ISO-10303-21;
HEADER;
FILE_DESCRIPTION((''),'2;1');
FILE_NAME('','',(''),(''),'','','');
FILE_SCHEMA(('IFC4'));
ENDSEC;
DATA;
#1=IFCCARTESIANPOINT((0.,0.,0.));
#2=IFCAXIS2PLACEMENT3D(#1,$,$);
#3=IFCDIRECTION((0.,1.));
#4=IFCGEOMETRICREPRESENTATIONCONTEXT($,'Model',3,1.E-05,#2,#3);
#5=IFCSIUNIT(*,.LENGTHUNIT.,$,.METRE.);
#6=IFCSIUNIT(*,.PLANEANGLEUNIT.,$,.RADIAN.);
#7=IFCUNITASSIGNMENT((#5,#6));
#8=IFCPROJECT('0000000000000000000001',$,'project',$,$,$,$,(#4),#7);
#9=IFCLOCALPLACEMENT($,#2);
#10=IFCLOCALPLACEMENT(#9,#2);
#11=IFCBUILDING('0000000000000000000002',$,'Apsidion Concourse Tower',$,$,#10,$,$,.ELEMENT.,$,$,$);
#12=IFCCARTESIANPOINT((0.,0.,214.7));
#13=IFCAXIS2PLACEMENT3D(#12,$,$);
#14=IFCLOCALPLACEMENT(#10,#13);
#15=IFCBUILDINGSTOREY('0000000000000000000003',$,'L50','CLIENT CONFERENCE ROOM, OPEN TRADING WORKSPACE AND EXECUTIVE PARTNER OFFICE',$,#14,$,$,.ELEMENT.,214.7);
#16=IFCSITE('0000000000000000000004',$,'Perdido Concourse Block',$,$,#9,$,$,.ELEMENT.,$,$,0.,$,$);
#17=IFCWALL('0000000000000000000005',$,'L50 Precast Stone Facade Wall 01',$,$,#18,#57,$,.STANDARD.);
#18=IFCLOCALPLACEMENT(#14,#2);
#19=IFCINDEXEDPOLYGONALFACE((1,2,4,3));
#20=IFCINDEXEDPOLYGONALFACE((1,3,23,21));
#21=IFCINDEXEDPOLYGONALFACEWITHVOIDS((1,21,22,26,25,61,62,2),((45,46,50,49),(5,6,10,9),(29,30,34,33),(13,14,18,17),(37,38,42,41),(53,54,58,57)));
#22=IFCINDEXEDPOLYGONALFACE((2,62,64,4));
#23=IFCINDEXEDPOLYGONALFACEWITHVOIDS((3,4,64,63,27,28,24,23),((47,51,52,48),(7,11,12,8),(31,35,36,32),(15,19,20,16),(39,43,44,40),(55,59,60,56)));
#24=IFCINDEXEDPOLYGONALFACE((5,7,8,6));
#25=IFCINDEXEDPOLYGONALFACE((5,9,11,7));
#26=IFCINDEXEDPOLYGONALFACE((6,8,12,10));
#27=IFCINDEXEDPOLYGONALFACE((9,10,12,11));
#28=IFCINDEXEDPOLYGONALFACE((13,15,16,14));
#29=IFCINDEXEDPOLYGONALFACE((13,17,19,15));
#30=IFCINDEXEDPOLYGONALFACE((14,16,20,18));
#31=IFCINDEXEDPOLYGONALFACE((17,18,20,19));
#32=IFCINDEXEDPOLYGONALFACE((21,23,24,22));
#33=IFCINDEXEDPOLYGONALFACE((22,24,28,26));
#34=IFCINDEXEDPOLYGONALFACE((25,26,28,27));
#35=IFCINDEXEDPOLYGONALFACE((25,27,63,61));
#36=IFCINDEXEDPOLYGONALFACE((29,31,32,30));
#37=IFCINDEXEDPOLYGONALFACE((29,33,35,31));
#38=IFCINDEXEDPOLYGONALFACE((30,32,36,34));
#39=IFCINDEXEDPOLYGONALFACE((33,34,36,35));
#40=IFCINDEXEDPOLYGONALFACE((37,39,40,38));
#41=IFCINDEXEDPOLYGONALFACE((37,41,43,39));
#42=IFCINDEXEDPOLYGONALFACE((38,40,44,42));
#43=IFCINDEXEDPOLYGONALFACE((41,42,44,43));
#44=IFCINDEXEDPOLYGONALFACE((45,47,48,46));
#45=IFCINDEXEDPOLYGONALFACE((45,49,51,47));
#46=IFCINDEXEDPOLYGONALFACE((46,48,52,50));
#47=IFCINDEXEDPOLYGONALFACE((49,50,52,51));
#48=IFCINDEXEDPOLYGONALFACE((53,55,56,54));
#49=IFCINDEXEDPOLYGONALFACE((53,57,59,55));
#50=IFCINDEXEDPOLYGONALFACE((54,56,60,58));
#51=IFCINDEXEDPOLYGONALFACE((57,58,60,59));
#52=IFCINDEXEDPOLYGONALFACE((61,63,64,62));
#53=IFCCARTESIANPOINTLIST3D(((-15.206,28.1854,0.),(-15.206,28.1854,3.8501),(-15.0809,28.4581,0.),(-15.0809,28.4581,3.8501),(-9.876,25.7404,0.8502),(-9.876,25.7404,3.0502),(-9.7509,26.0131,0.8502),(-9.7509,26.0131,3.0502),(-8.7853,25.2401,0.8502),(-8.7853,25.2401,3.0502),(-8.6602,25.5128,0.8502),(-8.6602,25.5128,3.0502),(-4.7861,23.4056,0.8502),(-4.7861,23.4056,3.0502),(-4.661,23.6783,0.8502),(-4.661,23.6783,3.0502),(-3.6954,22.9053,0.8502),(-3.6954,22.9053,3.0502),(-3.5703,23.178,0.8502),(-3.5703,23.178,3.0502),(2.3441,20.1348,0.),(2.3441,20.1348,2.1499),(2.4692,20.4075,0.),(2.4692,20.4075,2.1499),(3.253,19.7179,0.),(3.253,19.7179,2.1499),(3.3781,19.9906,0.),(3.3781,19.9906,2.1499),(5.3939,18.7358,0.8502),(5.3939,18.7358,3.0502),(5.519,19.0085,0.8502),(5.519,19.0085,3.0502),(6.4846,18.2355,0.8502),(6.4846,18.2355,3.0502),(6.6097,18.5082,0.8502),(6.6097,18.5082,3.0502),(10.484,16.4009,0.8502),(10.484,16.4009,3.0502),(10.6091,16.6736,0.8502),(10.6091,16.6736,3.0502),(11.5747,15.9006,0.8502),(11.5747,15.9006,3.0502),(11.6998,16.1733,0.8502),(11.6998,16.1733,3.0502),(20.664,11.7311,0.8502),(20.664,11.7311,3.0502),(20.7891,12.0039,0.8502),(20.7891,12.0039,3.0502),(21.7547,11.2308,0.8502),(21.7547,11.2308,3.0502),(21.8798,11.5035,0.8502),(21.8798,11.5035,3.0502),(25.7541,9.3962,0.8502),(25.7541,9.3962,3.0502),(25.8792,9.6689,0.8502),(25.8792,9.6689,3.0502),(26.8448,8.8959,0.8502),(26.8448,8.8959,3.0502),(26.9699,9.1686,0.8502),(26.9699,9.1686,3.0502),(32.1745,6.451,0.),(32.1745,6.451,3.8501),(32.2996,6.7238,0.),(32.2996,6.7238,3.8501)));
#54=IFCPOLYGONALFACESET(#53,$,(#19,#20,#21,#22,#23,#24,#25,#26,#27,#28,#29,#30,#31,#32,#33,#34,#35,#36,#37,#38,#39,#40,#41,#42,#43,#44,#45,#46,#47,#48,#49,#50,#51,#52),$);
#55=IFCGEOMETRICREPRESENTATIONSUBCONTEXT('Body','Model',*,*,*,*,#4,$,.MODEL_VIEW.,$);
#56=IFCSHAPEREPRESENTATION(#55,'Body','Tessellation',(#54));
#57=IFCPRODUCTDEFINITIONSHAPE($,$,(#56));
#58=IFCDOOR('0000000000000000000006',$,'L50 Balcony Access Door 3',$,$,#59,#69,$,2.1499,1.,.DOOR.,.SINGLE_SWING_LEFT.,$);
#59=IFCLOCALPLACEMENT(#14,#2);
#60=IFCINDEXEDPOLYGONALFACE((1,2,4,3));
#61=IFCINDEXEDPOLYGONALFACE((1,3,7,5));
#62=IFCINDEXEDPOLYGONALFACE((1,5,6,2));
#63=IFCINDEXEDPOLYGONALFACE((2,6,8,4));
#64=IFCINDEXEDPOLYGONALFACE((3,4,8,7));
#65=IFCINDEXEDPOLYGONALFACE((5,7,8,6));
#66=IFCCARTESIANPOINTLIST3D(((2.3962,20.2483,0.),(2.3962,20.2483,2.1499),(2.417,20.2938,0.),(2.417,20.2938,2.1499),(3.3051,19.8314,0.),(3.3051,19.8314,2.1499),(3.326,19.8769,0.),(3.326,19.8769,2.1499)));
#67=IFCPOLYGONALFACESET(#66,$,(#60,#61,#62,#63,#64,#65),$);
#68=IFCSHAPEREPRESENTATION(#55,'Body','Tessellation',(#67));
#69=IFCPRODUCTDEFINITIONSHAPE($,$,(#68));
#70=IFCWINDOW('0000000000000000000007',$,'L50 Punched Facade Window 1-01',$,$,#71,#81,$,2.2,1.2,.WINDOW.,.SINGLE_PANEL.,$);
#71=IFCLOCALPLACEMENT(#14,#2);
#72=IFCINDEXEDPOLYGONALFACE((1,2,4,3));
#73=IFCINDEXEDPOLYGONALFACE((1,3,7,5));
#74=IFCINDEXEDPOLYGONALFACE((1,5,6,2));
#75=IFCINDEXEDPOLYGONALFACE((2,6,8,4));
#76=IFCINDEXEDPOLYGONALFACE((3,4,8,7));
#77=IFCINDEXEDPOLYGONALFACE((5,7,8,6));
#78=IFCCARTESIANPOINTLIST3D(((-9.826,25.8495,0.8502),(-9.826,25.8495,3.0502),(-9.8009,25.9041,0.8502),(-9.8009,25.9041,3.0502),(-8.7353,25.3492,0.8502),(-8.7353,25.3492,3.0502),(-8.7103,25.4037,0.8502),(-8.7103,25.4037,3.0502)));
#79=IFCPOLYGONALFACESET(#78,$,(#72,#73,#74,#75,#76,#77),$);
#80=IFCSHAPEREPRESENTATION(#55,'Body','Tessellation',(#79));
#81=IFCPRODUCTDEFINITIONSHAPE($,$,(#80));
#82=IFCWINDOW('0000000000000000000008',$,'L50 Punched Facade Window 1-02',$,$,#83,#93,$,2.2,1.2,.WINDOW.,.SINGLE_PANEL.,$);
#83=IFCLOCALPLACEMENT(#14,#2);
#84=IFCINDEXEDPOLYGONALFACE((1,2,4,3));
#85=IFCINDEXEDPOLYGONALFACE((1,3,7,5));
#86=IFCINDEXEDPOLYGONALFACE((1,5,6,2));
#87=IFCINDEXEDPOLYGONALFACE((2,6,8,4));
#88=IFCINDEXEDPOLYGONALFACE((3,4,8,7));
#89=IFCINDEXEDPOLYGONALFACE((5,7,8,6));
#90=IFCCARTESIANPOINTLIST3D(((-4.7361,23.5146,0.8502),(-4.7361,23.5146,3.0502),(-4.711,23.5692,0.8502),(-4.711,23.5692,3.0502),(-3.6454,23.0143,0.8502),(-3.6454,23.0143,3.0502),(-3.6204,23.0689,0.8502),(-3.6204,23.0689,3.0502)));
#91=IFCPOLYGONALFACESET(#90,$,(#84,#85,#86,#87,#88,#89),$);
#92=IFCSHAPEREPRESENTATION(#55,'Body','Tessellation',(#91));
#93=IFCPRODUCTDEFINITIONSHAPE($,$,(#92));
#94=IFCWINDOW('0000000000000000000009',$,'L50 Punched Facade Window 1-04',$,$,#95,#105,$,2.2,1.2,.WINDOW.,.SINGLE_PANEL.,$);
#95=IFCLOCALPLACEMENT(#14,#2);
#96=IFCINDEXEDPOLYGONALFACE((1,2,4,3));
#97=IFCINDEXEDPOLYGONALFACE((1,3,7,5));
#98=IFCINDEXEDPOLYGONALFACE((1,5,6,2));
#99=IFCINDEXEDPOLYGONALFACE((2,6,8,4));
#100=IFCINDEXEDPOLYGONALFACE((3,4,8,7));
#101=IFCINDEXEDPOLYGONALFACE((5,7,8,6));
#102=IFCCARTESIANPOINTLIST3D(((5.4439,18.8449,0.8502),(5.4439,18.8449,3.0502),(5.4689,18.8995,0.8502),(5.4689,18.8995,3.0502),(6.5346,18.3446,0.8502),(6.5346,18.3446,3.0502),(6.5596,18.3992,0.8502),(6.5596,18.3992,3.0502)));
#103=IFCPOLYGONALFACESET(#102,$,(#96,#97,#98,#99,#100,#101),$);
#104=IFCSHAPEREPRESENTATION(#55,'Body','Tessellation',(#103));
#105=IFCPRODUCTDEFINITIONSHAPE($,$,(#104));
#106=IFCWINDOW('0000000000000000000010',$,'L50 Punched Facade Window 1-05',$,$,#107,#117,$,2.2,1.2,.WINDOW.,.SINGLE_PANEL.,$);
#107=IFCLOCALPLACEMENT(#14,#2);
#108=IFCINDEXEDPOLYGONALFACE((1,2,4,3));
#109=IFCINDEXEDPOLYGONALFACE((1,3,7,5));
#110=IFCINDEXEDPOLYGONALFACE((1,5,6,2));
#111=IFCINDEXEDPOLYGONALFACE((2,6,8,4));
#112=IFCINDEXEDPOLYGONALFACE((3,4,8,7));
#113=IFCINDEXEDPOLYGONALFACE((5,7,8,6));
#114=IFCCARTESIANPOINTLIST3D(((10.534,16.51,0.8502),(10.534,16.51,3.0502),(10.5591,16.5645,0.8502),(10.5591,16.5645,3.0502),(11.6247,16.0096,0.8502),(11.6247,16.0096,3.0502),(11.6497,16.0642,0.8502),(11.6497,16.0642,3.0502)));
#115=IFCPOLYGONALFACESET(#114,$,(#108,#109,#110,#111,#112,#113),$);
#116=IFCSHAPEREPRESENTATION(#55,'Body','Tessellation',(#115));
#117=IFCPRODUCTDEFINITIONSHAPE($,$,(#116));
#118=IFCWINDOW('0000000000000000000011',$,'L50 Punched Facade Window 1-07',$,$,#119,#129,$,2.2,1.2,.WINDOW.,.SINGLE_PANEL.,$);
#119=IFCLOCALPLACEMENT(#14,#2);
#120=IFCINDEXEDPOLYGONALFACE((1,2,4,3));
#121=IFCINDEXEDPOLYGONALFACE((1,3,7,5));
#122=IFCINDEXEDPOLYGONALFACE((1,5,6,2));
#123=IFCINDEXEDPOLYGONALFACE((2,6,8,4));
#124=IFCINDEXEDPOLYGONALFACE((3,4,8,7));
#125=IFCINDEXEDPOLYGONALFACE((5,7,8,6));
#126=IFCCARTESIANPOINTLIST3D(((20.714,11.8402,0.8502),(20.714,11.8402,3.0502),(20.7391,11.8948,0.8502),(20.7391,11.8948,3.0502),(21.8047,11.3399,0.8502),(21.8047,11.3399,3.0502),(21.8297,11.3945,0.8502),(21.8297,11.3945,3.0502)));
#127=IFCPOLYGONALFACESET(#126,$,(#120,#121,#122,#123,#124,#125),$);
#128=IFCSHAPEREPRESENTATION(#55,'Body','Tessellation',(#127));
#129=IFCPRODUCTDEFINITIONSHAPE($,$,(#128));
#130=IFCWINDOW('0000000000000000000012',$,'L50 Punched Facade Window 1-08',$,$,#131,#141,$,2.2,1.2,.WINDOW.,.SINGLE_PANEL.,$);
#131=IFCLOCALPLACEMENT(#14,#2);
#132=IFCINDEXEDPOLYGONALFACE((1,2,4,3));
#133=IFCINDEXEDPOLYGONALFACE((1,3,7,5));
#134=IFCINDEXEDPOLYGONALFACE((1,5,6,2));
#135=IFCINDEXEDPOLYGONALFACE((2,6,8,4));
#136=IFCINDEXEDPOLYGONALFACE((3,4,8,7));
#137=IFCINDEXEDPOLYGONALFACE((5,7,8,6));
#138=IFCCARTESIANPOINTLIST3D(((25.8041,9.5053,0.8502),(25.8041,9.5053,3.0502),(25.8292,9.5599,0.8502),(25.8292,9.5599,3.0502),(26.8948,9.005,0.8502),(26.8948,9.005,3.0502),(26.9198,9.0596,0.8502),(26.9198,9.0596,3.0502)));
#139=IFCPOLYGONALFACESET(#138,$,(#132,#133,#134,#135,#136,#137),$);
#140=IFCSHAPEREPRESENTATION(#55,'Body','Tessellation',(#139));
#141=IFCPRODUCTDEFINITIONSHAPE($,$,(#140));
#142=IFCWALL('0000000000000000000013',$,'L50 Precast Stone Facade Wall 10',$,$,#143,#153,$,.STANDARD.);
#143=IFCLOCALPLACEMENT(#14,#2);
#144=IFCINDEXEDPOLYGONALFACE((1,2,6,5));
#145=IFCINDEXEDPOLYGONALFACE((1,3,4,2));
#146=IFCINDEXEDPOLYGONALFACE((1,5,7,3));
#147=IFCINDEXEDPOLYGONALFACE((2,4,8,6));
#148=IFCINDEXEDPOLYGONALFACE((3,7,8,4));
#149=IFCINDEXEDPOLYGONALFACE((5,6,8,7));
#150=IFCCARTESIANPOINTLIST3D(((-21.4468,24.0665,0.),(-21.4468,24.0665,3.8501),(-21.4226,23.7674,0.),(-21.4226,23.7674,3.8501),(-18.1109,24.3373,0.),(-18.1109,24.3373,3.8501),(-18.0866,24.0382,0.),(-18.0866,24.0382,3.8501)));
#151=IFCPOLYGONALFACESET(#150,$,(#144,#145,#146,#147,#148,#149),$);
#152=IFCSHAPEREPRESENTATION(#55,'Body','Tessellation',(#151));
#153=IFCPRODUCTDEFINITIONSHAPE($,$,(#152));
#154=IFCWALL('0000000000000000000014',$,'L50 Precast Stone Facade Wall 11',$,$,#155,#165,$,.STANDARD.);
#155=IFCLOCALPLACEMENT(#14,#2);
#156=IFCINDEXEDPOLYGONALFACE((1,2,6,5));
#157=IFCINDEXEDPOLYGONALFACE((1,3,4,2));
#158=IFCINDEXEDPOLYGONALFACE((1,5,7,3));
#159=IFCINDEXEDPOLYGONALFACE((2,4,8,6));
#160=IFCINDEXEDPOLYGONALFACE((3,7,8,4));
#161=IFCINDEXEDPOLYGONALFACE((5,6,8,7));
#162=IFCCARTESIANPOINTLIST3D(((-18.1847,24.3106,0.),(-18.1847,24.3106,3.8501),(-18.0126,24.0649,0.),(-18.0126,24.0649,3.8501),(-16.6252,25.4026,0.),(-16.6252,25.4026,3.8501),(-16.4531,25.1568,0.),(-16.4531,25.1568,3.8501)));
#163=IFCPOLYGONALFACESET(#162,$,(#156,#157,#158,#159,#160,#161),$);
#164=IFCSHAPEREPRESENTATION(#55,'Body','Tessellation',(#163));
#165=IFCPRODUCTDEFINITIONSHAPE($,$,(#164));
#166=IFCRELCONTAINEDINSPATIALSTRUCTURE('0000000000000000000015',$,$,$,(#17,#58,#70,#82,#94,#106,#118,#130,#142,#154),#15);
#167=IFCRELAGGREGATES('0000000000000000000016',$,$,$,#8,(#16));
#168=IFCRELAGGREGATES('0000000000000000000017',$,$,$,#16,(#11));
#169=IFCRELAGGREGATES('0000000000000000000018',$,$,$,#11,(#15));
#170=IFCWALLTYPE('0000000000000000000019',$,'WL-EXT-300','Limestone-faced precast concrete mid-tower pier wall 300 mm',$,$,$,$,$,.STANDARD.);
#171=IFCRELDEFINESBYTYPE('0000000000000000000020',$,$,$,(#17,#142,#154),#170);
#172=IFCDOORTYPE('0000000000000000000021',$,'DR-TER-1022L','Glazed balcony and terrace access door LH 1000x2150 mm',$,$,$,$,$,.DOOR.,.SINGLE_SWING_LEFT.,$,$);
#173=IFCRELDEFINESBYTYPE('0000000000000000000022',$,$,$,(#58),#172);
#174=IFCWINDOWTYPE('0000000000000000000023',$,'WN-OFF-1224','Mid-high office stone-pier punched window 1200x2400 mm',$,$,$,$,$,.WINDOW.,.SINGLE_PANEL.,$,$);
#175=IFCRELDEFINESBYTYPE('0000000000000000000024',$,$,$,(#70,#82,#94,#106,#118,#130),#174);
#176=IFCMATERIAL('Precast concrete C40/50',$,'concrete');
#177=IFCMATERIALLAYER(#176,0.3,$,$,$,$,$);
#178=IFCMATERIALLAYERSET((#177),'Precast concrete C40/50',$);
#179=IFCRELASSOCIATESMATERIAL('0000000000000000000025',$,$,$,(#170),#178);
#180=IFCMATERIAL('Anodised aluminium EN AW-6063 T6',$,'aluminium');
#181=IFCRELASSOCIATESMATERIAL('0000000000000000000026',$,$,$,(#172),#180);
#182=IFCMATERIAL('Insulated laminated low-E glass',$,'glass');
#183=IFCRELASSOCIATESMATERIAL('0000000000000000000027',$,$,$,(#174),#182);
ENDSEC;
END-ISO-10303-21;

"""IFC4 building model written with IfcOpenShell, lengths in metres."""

from ifc_helpers import new_model, si_unit, direction, frame, frame_2d, origin, place, context, subcontext, project, spatial, rectangle, extrude, material, layer, layer_set, type_object, element, fill, save


model = new_model("IFC4")

# Units and contexts
model_context = context("Model", 3, precision=1e-05, world=origin(), true_north=direction((0.0, 1.0)))
body_context = subcontext(model_context, "Body", "Model", "MODEL_VIEW")
ifc_project = project(units=[si_unit("LENGTHUNIT", "METRE"), si_unit("PLANEANGLEUNIT", "RADIAN")], contexts=[model_context])

# Site, building, storey
site_placement = place(None, origin())
site = spatial("IfcSite", under=ifc_project, at=site_placement, Name="Perdido Concourse Block", CompositionType="ELEMENT", RefElevation=0.0)
building_placement = place(site_placement, origin())
building = spatial("IfcBuilding", under=site, at=building_placement, Name="Apsidion Concourse Tower", CompositionType="ELEMENT")
storey_placement = place(building_placement, frame((0.0, 0.0, 214.7)))
storey = spatial("IfcBuildingStorey", under=building, at=storey_placement, Name="L50", Description="CLIENT CONFERENCE ROOM, OPEN TRADING WORKSPACE AND EXECUTIVE PARTNER OFFICE", CompositionType="ELEMENT", Elevation=214.7)

# Wall, openings, door, windows
ifc_material_1 = material(Name="Precast concrete C40/50", Category="concrete")
ifc_layer = layer(ifc_material_1, 0.3)
ifc_layer_set = layer_set([ifc_layer], Name="Precast concrete C40/50")
wall_type = type_object("IfcWallType", Name="WL-EXT-300", Description="Limestone-faced precast concrete mid-tower pier wall 300 mm", PredefinedType="STANDARD", material=ifc_layer_set)
wall_1_placement = place(storey_placement, frame((-15.1436, 28.3218, 0.0), z_axis=(0.0, 0.0, 1.0), x_axis=(0.908932, -0.416944, 0.0)))
wall_1 = element("IfcWall", 1, at=wall_1_placement, inside=storey, type_object=wall_type, Name="L50 Precast Stone Facade Wall 01", PredefinedType="STANDARD", context=body_context, shape_type="SweptSolid", body=[
    extrude(rectangle(XDim=52.1277, YDim=0.3, at=frame_2d((26.064, 0.0))), origin(), (0.0, 0.0, 1.0), 3.8501),
])
opening_1_placement = place(wall_1_placement, frame((19.3086, 0.0, 0.0)))
opening_1 = element("IfcOpeningElement", 2, at=opening_1_placement, cuts=wall_1, PredefinedType="OPENING", context=body_context, shape_type="SweptSolid", body=[
    extrude(rectangle(XDim=1.0, YDim=2.1499, at=frame_2d((0.5, 1.075))), frame((0.0, 0.1602, 0.0), z_axis=(0.0, -1.0, 0.0), x_axis=(1.0, 0.0, 0.0)), (0.0, 0.0, 1.0), 0.3201),
])
opening_2_placement = place(wall_1_placement, frame((5.864, 0.0, 0.8501)))
opening_2 = element("IfcOpeningElement", 3, at=opening_2_placement, cuts=wall_1, PredefinedType="OPENING", context=body_context, shape_type="SweptSolid", body=[
    extrude(rectangle(XDim=1.2, YDim=2.2, at=frame_2d((0.6001, 1.1001))), frame((0.0, 0.1602, 0.0), z_axis=(0.0, -1.0, 0.0), x_axis=(1.0, 0.0, 0.0)), (0.0, 0.0, 1.0), 0.3201),
])
opening_3_placement = place(wall_1_placement, frame((11.4639, 0.0, 0.8501)))
opening_3 = element("IfcOpeningElement", 4, at=opening_3_placement, cuts=wall_1, PredefinedType="OPENING", context=body_context, shape_type="SweptSolid", body=[
    extrude(rectangle(XDim=1.2, YDim=2.2, at=frame_2d((0.6001, 1.1001))), frame((0.0, 0.1602, 0.0), z_axis=(0.0, -1.0, 0.0), x_axis=(1.0, 0.0, 0.0)), (0.0, 0.0, 1.0), 0.3201),
])
opening_4_placement = place(wall_1_placement, frame((22.6638, 0.0, 0.8501)))
opening_4 = element("IfcOpeningElement", 5, at=opening_4_placement, cuts=wall_1, PredefinedType="OPENING", context=body_context, shape_type="SweptSolid", body=[
    extrude(rectangle(XDim=1.2, YDim=2.2, at=frame_2d((0.6001, 1.1001))), frame((0.0, 0.1602, 0.0), z_axis=(0.0, -1.0, 0.0), x_axis=(1.0, 0.0, 0.0)), (0.0, 0.0, 1.0), 0.3201),
])
opening_5_placement = place(wall_1_placement, frame((28.2639, 0.0, 0.8501)))
opening_5 = element("IfcOpeningElement", 6, at=opening_5_placement, cuts=wall_1, PredefinedType="OPENING", context=body_context, shape_type="SweptSolid", body=[
    extrude(rectangle(XDim=1.2, YDim=2.2, at=frame_2d((0.6001, 1.1001))), frame((0.0, 0.1602, 0.0), z_axis=(0.0, -1.0, 0.0), x_axis=(1.0, 0.0, 0.0)), (0.0, 0.0, 1.0), 0.3201),
])
opening_6_placement = place(wall_1_placement, frame((39.4639, 0.0, 0.8501)))
opening_6 = element("IfcOpeningElement", 7, at=opening_6_placement, cuts=wall_1, PredefinedType="OPENING", context=body_context, shape_type="SweptSolid", body=[
    extrude(rectangle(XDim=1.2, YDim=2.2, at=frame_2d((0.6001, 1.1001))), frame((0.0, 0.1602, 0.0), z_axis=(0.0, -1.0, 0.0), x_axis=(1.0, 0.0, 0.0)), (0.0, 0.0, 1.0), 0.3201),
])
opening_7_placement = place(wall_1_placement, frame((45.064, 0.0, 0.8501)))
opening_7 = element("IfcOpeningElement", 8, at=opening_7_placement, cuts=wall_1, PredefinedType="OPENING", context=body_context, shape_type="SweptSolid", body=[
    extrude(rectangle(XDim=1.2, YDim=2.2, at=frame_2d((0.6001, 1.1001))), frame((0.0, 0.1602, 0.0), z_axis=(0.0, -1.0, 0.0), x_axis=(1.0, 0.0, 0.0)), (0.0, 0.0, 1.0), 0.3201),
])
ifc_material_2 = material(Name="Anodised aluminium EN AW-6063 T6", Category="aluminium")
door_type = type_object("IfcDoorType", Name="DR-TER-1022L", Description="Glazed balcony and terrace access door LH 1000x2150 mm", OperationType="SINGLE_SWING_LEFT", PredefinedType="DOOR", material=ifc_material_2)
door_placement = place(opening_1_placement, origin())
door = element("IfcDoor", 9, at=door_placement, inside=storey, type_object=door_type, Name="L50 Balcony Access Door 3", OperationType="SINGLE_SWING_LEFT", OverallHeight=2.1499, OverallWidth=1.0, PredefinedType="DOOR", context=body_context, shape_type="SweptSolid", body=[
    extrude(rectangle(XDim=1.0, YDim=2.1499, at=frame_2d((0.5, 1.075))), frame((0.0, 0.0249, 0.0), z_axis=(0.0, -1.0, 0.0), x_axis=(1.0, 0.0, 0.0)), (0.0, 0.0, 1.0), 0.05),
])
fill(opening_1, door)
ifc_material_3 = material(Name="Insulated laminated low-E glass", Category="glass")
window_type = type_object("IfcWindowType", Name="WN-OFF-1224", Description="Mid-high office stone-pier punched window 1200x2400 mm", PartitioningType="SINGLE_PANEL", PredefinedType="WINDOW", material=ifc_material_3)
window_1_placement = place(opening_2_placement, origin())
window_1 = element("IfcWindow", 10, at=window_1_placement, inside=storey, type_object=window_type, Name="L50 Punched Facade Window 1-01", OverallHeight=2.2, OverallWidth=1.2, PartitioningType="SINGLE_PANEL", PredefinedType="WINDOW", context=body_context, shape_type="SweptSolid", body=[
    extrude(rectangle(XDim=1.2, YDim=2.2, at=frame_2d((0.6001, 1.1001))), frame((0.0, 0.03, 0.0), z_axis=(0.0, -1.0, 0.0), x_axis=(1.0, 0.0, 0.0)), (0.0, 0.0, 1.0), 0.0601),
])
fill(opening_2, window_1)
window_2_placement = place(opening_3_placement, origin())
window_2 = element("IfcWindow", 11, at=window_2_placement, inside=storey, type_object=window_type, Name="L50 Punched Facade Window 1-02", OverallHeight=2.2, OverallWidth=1.2, PartitioningType="SINGLE_PANEL", PredefinedType="WINDOW", context=body_context, shape_type="SweptSolid", body=[
    extrude(rectangle(XDim=1.2, YDim=2.2, at=frame_2d((0.6001, 1.1001))), frame((0.0, 0.03, 0.0), z_axis=(0.0, -1.0, 0.0), x_axis=(1.0, 0.0, 0.0)), (0.0, 0.0, 1.0), 0.0601),
])
fill(opening_3, window_2)
window_3_placement = place(opening_4_placement, origin())
window_3 = element("IfcWindow", 12, at=window_3_placement, inside=storey, type_object=window_type, Name="L50 Punched Facade Window 1-04", OverallHeight=2.2, OverallWidth=1.2, PartitioningType="SINGLE_PANEL", PredefinedType="WINDOW", context=body_context, shape_type="SweptSolid", body=[
    extrude(rectangle(XDim=1.2, YDim=2.2, at=frame_2d((0.6001, 1.1001))), frame((0.0, 0.03, 0.0), z_axis=(0.0, -1.0, 0.0), x_axis=(1.0, 0.0, 0.0)), (0.0, 0.0, 1.0), 0.0601),
])
fill(opening_4, window_3)
window_4_placement = place(opening_5_placement, origin())
window_4 = element("IfcWindow", 13, at=window_4_placement, inside=storey, type_object=window_type, Name="L50 Punched Facade Window 1-05", OverallHeight=2.2, OverallWidth=1.2, PartitioningType="SINGLE_PANEL", PredefinedType="WINDOW", context=body_context, shape_type="SweptSolid", body=[
    extrude(rectangle(XDim=1.2, YDim=2.2, at=frame_2d((0.6001, 1.1001))), frame((0.0, 0.03, 0.0), z_axis=(0.0, -1.0, 0.0), x_axis=(1.0, 0.0, 0.0)), (0.0, 0.0, 1.0), 0.0601),
])
fill(opening_5, window_4)
window_5_placement = place(opening_6_placement, origin())
window_5 = element("IfcWindow", 14, at=window_5_placement, inside=storey, type_object=window_type, Name="L50 Punched Facade Window 1-07", OverallHeight=2.2, OverallWidth=1.2, PartitioningType="SINGLE_PANEL", PredefinedType="WINDOW", context=body_context, shape_type="SweptSolid", body=[
    extrude(rectangle(XDim=1.2, YDim=2.2, at=frame_2d((0.6001, 1.1001))), frame((0.0, 0.03, 0.0), z_axis=(0.0, -1.0, 0.0), x_axis=(1.0, 0.0, 0.0)), (0.0, 0.0, 1.0), 0.0601),
])
fill(opening_6, window_5)
window_6_placement = place(opening_7_placement, origin())
window_6 = element("IfcWindow", 15, at=window_6_placement, inside=storey, type_object=window_type, Name="L50 Punched Facade Window 1-08", OverallHeight=2.2, OverallWidth=1.2, PartitioningType="SINGLE_PANEL", PredefinedType="WINDOW", context=body_context, shape_type="SweptSolid", body=[
    extrude(rectangle(XDim=1.2, YDim=2.2, at=frame_2d((0.6001, 1.1001))), frame((0.0, 0.03, 0.0), z_axis=(0.0, -1.0, 0.0), x_axis=(1.0, 0.0, 0.0)), (0.0, 0.0, 1.0), 0.0601),
])
fill(opening_7, window_6)

# Walls
wall_2_placement = place(storey_placement, frame((-21.4346, 23.917, 0.0), z_axis=(0.0, 0.0, 1.0), x_axis=(0.996723, 0.080896, 0.0)))
element("IfcWall", 16, at=wall_2_placement, inside=storey, type_object=wall_type, Name="L50 Precast Stone Facade Wall 10", PredefinedType="STANDARD", context=body_context, shape_type="SweptSolid", body=[
    extrude(rectangle(XDim=3.3469, YDim=0.3, at=frame_2d((1.6733, 0.0))), origin(), (0.0, 0.0, 1.0), 3.8501),
])
wall_3_placement = place(storey_placement, frame((-18.0986, 24.1877, 0.0), z_axis=(0.0, 0.0, 1.0), x_axis=(0.819148, 0.573583, 0.0)))
element("IfcWall", 17, at=wall_3_placement, inside=storey, type_object=wall_type, Name="L50 Precast Stone Facade Wall 11", PredefinedType="STANDARD", context=body_context, shape_type="SweptSolid", body=[
    extrude(rectangle(XDim=1.9038, YDim=0.3, at=frame_2d((0.9519, 0.0))), origin(), (0.0, 0.0, 1.0), 3.8501),
])

save(model, "model.ifc")
